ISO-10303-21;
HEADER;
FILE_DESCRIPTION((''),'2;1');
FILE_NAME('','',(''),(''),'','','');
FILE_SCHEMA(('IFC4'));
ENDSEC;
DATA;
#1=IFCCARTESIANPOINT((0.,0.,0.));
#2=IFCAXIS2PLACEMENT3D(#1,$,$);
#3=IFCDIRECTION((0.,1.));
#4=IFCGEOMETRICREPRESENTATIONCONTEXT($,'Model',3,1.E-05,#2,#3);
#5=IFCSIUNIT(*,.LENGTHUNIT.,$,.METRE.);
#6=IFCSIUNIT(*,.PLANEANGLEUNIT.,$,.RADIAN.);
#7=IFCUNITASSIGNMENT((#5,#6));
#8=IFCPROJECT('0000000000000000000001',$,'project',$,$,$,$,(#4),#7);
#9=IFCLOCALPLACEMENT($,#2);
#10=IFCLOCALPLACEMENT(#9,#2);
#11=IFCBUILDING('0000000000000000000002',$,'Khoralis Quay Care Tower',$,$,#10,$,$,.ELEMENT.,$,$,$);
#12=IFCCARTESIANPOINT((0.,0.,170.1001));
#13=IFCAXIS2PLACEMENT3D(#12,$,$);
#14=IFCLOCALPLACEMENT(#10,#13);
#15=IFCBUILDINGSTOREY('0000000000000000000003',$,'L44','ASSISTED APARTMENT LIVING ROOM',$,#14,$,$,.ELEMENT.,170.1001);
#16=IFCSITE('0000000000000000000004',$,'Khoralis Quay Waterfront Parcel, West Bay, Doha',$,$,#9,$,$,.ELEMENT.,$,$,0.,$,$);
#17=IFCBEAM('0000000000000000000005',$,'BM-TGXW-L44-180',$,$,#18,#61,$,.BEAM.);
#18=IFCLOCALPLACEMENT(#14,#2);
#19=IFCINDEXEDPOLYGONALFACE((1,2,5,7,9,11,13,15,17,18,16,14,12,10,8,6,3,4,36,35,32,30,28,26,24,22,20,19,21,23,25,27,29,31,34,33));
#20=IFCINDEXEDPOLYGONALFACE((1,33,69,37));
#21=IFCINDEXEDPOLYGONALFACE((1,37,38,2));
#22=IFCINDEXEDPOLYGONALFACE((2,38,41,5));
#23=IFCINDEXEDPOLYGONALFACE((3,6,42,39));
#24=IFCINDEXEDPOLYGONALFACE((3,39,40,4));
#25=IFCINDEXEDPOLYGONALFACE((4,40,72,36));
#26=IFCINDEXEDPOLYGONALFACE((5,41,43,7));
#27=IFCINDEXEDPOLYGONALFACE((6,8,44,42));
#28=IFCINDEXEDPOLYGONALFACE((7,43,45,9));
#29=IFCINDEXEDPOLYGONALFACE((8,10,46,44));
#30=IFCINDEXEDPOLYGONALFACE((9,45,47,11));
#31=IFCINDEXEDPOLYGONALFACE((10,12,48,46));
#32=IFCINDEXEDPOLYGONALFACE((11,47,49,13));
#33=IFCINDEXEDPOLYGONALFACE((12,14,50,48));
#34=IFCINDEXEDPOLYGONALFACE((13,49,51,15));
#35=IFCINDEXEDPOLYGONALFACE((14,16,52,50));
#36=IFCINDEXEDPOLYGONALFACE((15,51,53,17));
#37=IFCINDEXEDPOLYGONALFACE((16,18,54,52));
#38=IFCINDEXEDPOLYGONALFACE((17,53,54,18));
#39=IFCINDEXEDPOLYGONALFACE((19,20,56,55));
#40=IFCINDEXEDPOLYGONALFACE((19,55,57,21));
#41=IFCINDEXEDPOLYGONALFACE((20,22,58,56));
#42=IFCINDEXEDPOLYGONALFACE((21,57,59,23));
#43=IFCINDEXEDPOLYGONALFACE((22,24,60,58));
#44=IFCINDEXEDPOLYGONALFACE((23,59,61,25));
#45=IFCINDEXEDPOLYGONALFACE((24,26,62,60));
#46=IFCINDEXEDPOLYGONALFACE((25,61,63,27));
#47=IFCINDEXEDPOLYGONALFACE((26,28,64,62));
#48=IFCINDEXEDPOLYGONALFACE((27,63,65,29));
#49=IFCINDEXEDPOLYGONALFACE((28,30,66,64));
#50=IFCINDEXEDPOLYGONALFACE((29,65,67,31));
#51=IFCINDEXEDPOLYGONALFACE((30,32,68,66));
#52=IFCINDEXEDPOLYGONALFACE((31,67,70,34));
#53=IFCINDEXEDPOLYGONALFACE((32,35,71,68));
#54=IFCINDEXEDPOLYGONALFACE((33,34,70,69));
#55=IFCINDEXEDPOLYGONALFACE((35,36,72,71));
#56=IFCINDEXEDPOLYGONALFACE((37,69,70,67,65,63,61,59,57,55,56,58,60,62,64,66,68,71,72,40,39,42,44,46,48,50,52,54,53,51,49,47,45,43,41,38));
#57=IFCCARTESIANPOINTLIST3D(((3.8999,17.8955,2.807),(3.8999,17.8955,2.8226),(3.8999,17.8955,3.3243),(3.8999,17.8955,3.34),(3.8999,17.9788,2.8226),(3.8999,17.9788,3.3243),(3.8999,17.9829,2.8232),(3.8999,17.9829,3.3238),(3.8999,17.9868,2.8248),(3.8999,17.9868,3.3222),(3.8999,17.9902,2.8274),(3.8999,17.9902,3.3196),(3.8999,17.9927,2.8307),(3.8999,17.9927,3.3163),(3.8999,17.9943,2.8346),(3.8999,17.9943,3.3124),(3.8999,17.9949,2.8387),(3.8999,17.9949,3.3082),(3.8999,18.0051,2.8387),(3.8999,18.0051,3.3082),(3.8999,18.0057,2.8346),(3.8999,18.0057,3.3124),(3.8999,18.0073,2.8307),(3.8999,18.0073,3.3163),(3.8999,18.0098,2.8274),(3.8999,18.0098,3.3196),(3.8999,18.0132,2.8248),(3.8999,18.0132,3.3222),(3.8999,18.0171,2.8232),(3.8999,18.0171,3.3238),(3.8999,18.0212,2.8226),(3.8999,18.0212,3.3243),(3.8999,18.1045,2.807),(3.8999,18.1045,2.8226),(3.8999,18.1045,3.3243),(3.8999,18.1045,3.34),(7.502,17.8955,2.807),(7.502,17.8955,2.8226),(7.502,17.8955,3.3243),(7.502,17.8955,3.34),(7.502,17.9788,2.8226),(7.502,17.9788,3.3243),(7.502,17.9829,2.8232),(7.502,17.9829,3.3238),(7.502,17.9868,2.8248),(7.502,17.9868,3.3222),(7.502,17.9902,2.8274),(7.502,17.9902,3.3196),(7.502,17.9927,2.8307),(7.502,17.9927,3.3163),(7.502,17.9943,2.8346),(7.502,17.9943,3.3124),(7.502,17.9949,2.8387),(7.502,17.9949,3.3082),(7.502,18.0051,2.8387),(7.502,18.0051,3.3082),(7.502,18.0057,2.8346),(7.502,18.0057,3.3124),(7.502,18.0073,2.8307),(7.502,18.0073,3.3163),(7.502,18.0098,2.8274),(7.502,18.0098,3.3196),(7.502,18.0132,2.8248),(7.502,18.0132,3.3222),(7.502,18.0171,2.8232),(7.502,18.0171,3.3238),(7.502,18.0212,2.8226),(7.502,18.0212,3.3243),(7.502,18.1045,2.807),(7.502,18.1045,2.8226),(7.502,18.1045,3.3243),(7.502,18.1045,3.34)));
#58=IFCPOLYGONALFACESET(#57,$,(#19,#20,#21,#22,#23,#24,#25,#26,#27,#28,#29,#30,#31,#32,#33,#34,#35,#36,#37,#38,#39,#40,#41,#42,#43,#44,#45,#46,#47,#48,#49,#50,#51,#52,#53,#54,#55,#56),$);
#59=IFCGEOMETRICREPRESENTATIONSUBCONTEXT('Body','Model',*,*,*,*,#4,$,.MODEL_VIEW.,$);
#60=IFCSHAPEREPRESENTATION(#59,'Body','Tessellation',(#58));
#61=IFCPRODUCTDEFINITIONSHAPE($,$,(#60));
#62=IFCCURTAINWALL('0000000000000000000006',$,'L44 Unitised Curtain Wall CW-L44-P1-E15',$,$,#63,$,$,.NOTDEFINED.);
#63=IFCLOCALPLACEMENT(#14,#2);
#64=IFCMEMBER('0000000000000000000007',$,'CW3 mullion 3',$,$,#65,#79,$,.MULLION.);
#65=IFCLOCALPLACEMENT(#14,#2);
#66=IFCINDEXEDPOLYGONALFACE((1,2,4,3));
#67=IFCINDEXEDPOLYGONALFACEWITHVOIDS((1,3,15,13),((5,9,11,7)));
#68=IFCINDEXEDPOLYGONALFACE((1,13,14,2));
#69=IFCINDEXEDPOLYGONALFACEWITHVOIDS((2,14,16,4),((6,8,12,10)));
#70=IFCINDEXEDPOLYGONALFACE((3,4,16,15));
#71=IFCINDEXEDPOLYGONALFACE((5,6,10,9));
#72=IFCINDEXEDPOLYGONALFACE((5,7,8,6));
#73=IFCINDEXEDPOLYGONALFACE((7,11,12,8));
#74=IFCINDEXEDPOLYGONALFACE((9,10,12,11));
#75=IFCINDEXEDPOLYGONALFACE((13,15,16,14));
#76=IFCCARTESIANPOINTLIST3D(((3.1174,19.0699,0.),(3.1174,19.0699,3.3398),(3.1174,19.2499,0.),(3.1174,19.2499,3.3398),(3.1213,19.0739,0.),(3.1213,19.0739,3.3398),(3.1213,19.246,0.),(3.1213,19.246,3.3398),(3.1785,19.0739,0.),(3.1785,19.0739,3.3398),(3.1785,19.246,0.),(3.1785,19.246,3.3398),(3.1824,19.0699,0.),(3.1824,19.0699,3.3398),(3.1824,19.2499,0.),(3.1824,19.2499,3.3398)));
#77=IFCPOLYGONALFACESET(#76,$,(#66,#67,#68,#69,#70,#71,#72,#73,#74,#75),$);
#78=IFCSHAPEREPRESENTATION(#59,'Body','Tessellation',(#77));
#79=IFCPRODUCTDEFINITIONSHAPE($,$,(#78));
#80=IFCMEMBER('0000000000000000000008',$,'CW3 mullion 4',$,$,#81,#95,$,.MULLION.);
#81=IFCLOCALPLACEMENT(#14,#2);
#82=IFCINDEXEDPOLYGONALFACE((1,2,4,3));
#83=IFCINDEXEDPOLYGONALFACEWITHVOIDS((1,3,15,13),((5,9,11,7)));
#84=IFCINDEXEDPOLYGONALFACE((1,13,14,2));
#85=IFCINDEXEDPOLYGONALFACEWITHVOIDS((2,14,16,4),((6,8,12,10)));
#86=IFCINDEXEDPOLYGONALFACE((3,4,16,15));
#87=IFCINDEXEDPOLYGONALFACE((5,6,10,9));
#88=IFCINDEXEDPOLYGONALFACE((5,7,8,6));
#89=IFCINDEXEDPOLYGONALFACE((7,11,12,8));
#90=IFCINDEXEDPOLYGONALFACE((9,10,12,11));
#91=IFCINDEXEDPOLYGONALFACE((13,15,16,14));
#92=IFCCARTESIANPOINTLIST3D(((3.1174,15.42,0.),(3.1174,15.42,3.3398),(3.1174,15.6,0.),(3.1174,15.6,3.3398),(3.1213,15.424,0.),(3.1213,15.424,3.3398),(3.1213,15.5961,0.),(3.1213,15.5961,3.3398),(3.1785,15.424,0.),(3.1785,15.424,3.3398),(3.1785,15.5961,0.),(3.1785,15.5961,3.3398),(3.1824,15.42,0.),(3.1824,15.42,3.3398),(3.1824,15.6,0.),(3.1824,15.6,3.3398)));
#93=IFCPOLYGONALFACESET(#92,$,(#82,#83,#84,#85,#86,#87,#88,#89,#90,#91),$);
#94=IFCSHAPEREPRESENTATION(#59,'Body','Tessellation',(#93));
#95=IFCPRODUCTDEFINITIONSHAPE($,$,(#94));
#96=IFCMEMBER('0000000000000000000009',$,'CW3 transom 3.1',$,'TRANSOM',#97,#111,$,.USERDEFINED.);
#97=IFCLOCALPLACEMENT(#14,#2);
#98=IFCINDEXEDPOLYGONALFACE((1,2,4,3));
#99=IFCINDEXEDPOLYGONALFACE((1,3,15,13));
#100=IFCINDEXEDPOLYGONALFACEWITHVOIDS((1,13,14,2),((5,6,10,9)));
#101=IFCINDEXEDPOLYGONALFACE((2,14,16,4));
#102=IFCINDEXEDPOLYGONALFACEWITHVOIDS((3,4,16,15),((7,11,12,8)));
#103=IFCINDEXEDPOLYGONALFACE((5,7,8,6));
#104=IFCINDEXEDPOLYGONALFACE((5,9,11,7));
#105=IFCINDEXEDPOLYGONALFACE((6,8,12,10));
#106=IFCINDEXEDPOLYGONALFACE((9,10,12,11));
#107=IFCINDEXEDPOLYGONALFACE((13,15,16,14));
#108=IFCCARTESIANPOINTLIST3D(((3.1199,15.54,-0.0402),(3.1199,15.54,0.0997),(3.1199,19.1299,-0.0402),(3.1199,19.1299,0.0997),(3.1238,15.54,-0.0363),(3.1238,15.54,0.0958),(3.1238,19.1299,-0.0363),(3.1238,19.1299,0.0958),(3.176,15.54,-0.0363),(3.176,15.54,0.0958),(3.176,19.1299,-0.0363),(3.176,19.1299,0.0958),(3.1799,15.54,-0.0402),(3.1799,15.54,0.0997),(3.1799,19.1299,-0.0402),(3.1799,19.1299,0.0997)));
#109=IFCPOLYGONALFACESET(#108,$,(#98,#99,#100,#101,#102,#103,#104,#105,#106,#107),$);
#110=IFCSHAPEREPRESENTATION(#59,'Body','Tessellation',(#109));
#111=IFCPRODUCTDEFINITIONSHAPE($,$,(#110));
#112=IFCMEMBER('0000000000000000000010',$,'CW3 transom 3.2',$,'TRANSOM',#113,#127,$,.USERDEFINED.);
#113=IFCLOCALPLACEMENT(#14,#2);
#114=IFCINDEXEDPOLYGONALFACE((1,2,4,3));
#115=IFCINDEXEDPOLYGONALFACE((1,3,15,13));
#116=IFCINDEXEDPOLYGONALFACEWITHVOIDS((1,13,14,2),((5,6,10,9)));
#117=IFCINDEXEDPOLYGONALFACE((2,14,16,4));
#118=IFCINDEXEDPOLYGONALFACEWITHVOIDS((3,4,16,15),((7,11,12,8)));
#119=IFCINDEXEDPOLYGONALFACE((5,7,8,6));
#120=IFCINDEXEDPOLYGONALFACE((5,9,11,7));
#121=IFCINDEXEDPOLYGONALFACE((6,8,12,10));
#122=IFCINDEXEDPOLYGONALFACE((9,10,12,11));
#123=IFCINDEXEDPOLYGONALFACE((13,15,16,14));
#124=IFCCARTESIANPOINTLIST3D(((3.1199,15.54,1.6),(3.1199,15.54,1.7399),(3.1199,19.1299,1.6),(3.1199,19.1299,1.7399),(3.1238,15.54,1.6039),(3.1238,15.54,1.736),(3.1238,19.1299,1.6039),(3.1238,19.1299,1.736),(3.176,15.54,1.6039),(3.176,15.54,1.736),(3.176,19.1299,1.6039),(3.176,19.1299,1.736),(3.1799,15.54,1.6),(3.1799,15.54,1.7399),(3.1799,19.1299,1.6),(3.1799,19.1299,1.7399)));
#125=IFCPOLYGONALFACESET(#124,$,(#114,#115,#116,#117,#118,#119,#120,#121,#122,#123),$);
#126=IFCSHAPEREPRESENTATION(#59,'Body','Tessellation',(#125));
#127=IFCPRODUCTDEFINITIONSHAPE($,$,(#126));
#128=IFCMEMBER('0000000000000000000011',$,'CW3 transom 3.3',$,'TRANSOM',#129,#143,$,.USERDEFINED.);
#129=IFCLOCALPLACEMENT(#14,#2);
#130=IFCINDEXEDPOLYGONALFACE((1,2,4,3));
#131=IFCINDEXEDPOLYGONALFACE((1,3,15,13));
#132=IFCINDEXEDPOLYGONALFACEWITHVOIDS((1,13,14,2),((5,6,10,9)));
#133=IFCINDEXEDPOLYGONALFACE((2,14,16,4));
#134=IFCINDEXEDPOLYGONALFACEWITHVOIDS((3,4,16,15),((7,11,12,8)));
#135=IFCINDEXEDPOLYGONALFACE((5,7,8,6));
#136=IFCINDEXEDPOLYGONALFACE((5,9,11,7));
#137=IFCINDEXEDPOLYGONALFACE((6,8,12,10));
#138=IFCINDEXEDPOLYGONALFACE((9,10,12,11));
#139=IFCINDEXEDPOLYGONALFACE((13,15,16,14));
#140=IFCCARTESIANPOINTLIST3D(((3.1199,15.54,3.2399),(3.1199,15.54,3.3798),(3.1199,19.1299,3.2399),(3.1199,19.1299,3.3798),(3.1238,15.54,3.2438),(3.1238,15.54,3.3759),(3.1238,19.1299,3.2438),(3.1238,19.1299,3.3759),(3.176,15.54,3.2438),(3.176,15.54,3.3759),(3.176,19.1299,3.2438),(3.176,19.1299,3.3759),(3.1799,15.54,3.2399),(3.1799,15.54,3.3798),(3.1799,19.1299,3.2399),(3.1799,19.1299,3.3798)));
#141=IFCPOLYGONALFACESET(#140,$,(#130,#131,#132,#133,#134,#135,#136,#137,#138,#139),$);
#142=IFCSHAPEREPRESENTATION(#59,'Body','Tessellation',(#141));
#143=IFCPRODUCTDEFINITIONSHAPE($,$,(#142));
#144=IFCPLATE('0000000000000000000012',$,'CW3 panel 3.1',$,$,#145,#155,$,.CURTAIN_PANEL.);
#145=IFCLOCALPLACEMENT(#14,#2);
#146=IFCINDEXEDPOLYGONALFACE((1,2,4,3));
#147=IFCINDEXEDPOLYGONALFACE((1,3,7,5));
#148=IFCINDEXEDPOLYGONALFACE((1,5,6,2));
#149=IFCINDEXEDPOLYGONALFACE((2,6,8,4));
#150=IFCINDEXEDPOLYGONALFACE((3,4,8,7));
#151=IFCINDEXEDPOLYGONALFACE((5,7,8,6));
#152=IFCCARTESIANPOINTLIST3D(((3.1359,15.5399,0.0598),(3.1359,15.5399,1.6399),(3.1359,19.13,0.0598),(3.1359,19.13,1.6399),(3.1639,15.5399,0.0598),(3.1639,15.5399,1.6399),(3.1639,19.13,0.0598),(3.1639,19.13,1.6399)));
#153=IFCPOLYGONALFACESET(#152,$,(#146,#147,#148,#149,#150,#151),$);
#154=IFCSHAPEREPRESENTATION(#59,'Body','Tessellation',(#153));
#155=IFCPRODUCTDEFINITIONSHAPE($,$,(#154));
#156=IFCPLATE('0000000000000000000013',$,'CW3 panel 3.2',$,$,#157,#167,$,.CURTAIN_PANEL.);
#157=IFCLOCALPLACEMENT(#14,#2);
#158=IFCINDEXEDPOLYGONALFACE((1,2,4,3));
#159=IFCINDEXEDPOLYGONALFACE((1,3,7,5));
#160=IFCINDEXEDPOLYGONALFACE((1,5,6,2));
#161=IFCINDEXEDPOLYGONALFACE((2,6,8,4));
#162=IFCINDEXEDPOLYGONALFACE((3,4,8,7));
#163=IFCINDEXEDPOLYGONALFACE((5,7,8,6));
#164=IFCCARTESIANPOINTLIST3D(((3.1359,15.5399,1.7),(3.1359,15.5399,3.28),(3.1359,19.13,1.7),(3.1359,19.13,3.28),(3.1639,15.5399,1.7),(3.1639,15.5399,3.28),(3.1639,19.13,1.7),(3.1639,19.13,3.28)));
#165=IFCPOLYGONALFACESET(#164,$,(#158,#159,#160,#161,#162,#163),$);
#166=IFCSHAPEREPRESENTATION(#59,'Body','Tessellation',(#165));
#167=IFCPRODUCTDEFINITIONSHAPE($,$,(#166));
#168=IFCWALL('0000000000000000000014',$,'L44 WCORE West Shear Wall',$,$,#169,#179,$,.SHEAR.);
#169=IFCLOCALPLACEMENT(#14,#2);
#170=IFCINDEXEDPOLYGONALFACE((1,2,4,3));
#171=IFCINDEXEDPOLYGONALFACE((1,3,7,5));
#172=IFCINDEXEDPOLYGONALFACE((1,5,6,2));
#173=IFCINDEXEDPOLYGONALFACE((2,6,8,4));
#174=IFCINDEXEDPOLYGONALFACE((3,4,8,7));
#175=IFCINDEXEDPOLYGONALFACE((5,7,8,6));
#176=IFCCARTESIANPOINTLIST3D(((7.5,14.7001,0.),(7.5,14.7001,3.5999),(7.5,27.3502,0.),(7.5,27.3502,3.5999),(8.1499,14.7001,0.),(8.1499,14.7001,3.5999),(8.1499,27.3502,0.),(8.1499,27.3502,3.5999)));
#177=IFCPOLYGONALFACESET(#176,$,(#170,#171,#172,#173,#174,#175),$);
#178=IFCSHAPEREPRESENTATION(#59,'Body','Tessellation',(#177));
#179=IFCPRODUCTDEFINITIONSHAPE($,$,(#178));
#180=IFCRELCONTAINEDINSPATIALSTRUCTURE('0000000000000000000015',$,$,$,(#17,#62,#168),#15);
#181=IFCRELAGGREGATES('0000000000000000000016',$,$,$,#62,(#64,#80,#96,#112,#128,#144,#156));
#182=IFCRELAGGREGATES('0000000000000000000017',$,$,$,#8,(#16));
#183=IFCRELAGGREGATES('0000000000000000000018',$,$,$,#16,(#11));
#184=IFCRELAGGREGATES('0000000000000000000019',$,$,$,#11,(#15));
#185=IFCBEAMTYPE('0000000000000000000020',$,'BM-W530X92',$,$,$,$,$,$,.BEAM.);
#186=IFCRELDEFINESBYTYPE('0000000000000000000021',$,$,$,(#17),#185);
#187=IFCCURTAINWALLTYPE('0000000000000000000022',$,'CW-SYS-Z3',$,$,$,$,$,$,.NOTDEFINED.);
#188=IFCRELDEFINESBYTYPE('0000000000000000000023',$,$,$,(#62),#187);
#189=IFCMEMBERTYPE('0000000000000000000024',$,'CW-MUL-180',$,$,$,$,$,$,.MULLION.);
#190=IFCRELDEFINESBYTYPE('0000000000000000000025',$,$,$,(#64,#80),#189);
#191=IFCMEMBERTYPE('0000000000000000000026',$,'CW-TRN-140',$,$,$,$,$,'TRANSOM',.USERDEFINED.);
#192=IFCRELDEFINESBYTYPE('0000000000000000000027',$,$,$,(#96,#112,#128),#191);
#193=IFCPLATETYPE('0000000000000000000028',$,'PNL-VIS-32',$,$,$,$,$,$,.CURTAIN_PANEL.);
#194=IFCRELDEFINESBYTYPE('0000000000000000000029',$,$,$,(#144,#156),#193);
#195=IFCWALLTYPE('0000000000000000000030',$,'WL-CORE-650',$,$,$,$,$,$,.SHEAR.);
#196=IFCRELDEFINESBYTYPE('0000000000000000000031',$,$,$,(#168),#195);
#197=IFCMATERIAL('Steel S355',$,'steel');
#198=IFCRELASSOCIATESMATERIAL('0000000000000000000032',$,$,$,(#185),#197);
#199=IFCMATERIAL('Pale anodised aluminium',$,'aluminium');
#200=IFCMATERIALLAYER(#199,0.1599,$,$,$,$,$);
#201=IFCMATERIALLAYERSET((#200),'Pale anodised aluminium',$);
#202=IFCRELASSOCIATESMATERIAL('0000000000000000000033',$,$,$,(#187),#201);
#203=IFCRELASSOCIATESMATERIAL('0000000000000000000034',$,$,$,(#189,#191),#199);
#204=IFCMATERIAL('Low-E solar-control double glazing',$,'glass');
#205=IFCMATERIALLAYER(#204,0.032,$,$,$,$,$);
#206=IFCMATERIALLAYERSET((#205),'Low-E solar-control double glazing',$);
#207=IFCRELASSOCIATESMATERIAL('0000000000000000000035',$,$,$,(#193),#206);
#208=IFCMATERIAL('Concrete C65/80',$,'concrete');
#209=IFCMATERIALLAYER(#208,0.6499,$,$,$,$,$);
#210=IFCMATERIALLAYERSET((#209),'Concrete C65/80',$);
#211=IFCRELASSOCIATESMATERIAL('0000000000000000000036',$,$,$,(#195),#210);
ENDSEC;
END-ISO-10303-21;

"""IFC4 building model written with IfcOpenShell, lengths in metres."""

from ifc_helpers import new_model, si_unit, direction, frame, frame_2d, origin, origin_2d, place, context, subcontext, project, spatial, rectangle, hollow_rectangle, i_section, extrude, source, transform, mapped, material, layer, layer_set, material_profile, profile_set, type_object, element, aggregate, save


model = new_model("IFC4")

# Units and contexts
model_context = context("Model", 3, precision=1e-05, world=origin(), true_north=direction((0.0, 1.0)))
body_context = subcontext(model_context, "Body", "Model", "MODEL_VIEW")
ifc_project = project(units=[si_unit("LENGTHUNIT", "METRE"), si_unit("PLANEANGLEUNIT", "RADIAN")], contexts=[model_context])

# Site, building, storey
site_placement = place(None, origin())
site = spatial("IfcSite", under=ifc_project, at=site_placement, Name="Khoralis Quay Waterfront Parcel, West Bay, Doha", CompositionType="ELEMENT", RefElevation=0.0)
building_placement = place(site_placement, origin())
building = spatial("IfcBuilding", under=site, at=building_placement, Name="Khoralis Quay Care Tower", CompositionType="ELEMENT")
storey_placement = place(building_placement, frame((0.0, 0.0, 170.1001)))
storey = spatial("IfcBuildingStorey", under=building, at=storey_placement, Name="L44", Description="ASSISTED APARTMENT LIVING ROOM", CompositionType="ELEMENT", Elevation=170.1001)

# Shared definitions
ifc_material_1 = material(Name="Concrete C65/80", Category="concrete")

# Beam
ifc_material_2 = material(Name="Steel S355", Category="steel")
ifc_material_profile_1 = material_profile(ifc_material_2, i_section(OverallWidth=0.209, OverallDepth=0.533, WebThickness=0.0103, FlangeThickness=0.0156, FilletRadius=0.0161, at=origin_2d()), Name="Steel S355")
ifc_profile_set_1 = profile_set([ifc_material_profile_1], Name="Steel S355")
beam_type_1 = type_object("IfcBeamType", Name="BM-W530X92", PredefinedType="BEAM", material=ifc_profile_set_1)
shared_shape_1 = source(origin(), body_context, "Body", "SweptSolid", [
    extrude(i_section(OverallWidth=0.209, OverallDepth=0.533, WebThickness=0.0103, FlangeThickness=0.0156, FilletRadius=0.0161, at=origin_2d()), origin(), (0.0, 0.0, 1.0), 3.6021),
])
beam_1_placement = place(storey_placement, frame((3.8999, 18.0, 3.0735), z_axis=(1.0, 0.0, 0.0), x_axis=(0.0, 1.0, 0.0)))
element("IfcBeam", 1, at=beam_1_placement, inside=storey, type_object=beam_type_1, Name="BM-TGXW-L44-180", PredefinedType="BEAM", context=body_context, shape_type="MappedRepresentation", body=[
    mapped(shared_shape_1, transform((0.0, 0.0, 0.0), scale=1.0)),
])

# Curtain wall, members, plates
ifc_material_3 = material(Name="Pale anodised aluminium", Category="aluminium")
ifc_layer_1 = layer(ifc_material_3, 0.1599)
ifc_layer_set_1 = layer_set([ifc_layer_1], Name="Pale anodised aluminium")
curtain_wall_type = type_object("IfcCurtainWallType", Name="CW-SYS-Z3", PredefinedType="NOTDEFINED", material=ifc_layer_set_1)
curtain_wall_placement = place(storey_placement, origin())
curtain_wall = element("IfcCurtainWall", 2, at=curtain_wall_placement, inside=storey, type_object=curtain_wall_type, Name="L44 Unitised Curtain Wall CW-L44-P1-E15", PredefinedType="NOTDEFINED")
ifc_material_profile_2 = material_profile(ifc_material_3, hollow_rectangle(XDim=0.0649, YDim=0.1799, WallThickness=0.0039, at=origin_2d()), Name="Pale anodised aluminium")
ifc_profile_set_2 = profile_set([ifc_material_profile_2], Name="Pale anodised aluminium")
member_type_1 = type_object("IfcMemberType", Name="CW-MUL-180", PredefinedType="MULLION", material=ifc_profile_set_2)
shared_shape_2 = source(origin(), body_context, "Body", "SweptSolid", [
    extrude(hollow_rectangle(XDim=0.0649, YDim=0.1799, WallThickness=0.0039, at=origin_2d()), origin(), (0.0, 0.0, 1.0), 3.3398),
])
member_1_placement = place(storey_placement, frame((3.1499, 19.1599, 0.0), z_axis=(0.0, 0.0, 1.0), x_axis=(1.0, 0.0, 0.0)))
member_1 = element("IfcMember", 3, at=member_1_placement, type_object=member_type_1, Name="CW3 mullion 3", PredefinedType="MULLION", context=body_context, shape_type="MappedRepresentation", body=[
    mapped(shared_shape_2, transform((0.0, 0.0, 0.0), scale=1.0)),
])
member_2_placement = place(storey_placement, frame((3.1499, 15.51, 0.0), z_axis=(0.0, 0.0, 1.0), x_axis=(1.0, 0.0, 0.0)))
member_2 = element("IfcMember", 4, at=member_2_placement, type_object=member_type_1, Name="CW3 mullion 4", PredefinedType="MULLION", context=body_context, shape_type="MappedRepresentation", body=[
    mapped(shared_shape_2, transform((0.0, 0.0, 0.0), scale=1.0)),
])
ifc_material_profile_3 = material_profile(ifc_material_3, hollow_rectangle(XDim=0.0601, YDim=0.1399, WallThickness=0.0039, at=origin_2d()), Name="Pale anodised aluminium")
ifc_profile_set_3 = profile_set([ifc_material_profile_3], Name="Pale anodised aluminium")
member_type_2 = type_object("IfcMemberType", Name="CW-TRN-140", ElementType="TRANSOM", PredefinedType="USERDEFINED", material=ifc_profile_set_3)
shared_shape_3 = source(origin(), body_context, "Body", "SweptSolid", [
    extrude(hollow_rectangle(XDim=0.0601, YDim=0.1399, WallThickness=0.0039, at=origin_2d()), origin(), (0.0, 0.0, 1.0), 3.5898),
])
member_3_placement = place(storey_placement, frame((3.1499, 19.1299, 0.0298), z_axis=(0.0, -1.0, 0.0), x_axis=(1.0, 0.0, 0.0)))
member_3 = element("IfcMember", 5, at=member_3_placement, type_object=member_type_2, Name="CW3 transom 3.1", ObjectType="TRANSOM", PredefinedType="USERDEFINED", context=body_context, shape_type="MappedRepresentation", body=[
    mapped(shared_shape_3, transform((0.0, 0.0, 0.0), scale=1.0)),
])
member_4_placement = place(storey_placement, frame((3.1499, 19.1299, 1.6699), z_axis=(0.0, -1.0, 0.0), x_axis=(1.0, 0.0, 0.0)))
member_4 = element("IfcMember", 6, at=member_4_placement, type_object=member_type_2, Name="CW3 transom 3.2", ObjectType="TRANSOM", PredefinedType="USERDEFINED", context=body_context, shape_type="MappedRepresentation", body=[
    mapped(shared_shape_3, transform((0.0, 0.0, 0.0), scale=1.0)),
])
member_5_placement = place(storey_placement, frame((3.1499, 19.1299, 3.3098), z_axis=(0.0, -1.0, 0.0), x_axis=(1.0, 0.0, 0.0)))
member_5 = element("IfcMember", 7, at=member_5_placement, type_object=member_type_2, Name="CW3 transom 3.3", ObjectType="TRANSOM", PredefinedType="USERDEFINED", context=body_context, shape_type="MappedRepresentation", body=[
    mapped(shared_shape_3, transform((0.0, 0.0, 0.0), scale=1.0)),
])
ifc_material_4 = material(Name="Low-E solar-control double glazing", Category="glass")
ifc_layer_2 = layer(ifc_material_4, 0.032)
ifc_layer_set_2 = layer_set([ifc_layer_2], Name="Low-E solar-control double glazing")
plate_type = type_object("IfcPlateType", Name="PNL-VIS-32", PredefinedType="CURTAIN_PANEL", material=ifc_layer_set_2)
shared_shape_4 = source(origin(), body_context, "Body", "SweptSolid", [
    extrude(rectangle(XDim=3.5901, YDim=0.0281, at=origin_2d()), origin(), (0.0, 0.0, 1.0), 1.5801),
])
plate_1_placement = place(storey_placement, frame((3.1499, 17.335, 0.0598), z_axis=(0.0, 0.0, 1.0), x_axis=(0.0, -1.0, 0.0)))
plate_1 = element("IfcPlate", 8, at=plate_1_placement, type_object=plate_type, Name="CW3 panel 3.1", PredefinedType="CURTAIN_PANEL", context=body_context, shape_type="MappedRepresentation", body=[
    mapped(shared_shape_4, transform((0.0, 0.0, 0.0), scale=1.0)),
])
plate_2_placement = place(storey_placement, frame((3.1499, 17.335, 1.7), z_axis=(0.0, 0.0, 1.0), x_axis=(0.0, -1.0, 0.0)))
plate_2 = element("IfcPlate", 9, at=plate_2_placement, type_object=plate_type, Name="CW3 panel 3.2", PredefinedType="CURTAIN_PANEL", context=body_context, shape_type="MappedRepresentation", body=[
    mapped(shared_shape_4, transform((0.0, 0.0, 0.0), scale=1.0)),
])
aggregate(curtain_wall, [member_1, member_2, member_3, member_4, member_5, plate_1, plate_2])

# Wall
ifc_layer_3 = layer(ifc_material_1, 0.6499)
ifc_layer_set_3 = layer_set([ifc_layer_3], Name="Concrete C65/80")
wall_type_1 = type_object("IfcWallType", Name="WL-CORE-650", PredefinedType="SHEAR", material=ifc_layer_set_3)
wall_1_placement = place(storey_placement, frame((7.825, 14.7, 0.0), z_axis=(0.0, 0.0, 1.0), x_axis=(0.0, 1.0, 0.0)))
element("IfcWall", 10, at=wall_1_placement, inside=storey, type_object=wall_type_1, Name="L44 WCORE West Shear Wall", PredefinedType="SHEAR", context=body_context, shape_type="SweptSolid", body=[
    extrude(rectangle(XDim=12.6501, YDim=0.6499, at=frame_2d((6.3252, 0.0))), origin(), (0.0, 0.0, 1.0), 3.5999),
])

save(model, "model.ifc")
